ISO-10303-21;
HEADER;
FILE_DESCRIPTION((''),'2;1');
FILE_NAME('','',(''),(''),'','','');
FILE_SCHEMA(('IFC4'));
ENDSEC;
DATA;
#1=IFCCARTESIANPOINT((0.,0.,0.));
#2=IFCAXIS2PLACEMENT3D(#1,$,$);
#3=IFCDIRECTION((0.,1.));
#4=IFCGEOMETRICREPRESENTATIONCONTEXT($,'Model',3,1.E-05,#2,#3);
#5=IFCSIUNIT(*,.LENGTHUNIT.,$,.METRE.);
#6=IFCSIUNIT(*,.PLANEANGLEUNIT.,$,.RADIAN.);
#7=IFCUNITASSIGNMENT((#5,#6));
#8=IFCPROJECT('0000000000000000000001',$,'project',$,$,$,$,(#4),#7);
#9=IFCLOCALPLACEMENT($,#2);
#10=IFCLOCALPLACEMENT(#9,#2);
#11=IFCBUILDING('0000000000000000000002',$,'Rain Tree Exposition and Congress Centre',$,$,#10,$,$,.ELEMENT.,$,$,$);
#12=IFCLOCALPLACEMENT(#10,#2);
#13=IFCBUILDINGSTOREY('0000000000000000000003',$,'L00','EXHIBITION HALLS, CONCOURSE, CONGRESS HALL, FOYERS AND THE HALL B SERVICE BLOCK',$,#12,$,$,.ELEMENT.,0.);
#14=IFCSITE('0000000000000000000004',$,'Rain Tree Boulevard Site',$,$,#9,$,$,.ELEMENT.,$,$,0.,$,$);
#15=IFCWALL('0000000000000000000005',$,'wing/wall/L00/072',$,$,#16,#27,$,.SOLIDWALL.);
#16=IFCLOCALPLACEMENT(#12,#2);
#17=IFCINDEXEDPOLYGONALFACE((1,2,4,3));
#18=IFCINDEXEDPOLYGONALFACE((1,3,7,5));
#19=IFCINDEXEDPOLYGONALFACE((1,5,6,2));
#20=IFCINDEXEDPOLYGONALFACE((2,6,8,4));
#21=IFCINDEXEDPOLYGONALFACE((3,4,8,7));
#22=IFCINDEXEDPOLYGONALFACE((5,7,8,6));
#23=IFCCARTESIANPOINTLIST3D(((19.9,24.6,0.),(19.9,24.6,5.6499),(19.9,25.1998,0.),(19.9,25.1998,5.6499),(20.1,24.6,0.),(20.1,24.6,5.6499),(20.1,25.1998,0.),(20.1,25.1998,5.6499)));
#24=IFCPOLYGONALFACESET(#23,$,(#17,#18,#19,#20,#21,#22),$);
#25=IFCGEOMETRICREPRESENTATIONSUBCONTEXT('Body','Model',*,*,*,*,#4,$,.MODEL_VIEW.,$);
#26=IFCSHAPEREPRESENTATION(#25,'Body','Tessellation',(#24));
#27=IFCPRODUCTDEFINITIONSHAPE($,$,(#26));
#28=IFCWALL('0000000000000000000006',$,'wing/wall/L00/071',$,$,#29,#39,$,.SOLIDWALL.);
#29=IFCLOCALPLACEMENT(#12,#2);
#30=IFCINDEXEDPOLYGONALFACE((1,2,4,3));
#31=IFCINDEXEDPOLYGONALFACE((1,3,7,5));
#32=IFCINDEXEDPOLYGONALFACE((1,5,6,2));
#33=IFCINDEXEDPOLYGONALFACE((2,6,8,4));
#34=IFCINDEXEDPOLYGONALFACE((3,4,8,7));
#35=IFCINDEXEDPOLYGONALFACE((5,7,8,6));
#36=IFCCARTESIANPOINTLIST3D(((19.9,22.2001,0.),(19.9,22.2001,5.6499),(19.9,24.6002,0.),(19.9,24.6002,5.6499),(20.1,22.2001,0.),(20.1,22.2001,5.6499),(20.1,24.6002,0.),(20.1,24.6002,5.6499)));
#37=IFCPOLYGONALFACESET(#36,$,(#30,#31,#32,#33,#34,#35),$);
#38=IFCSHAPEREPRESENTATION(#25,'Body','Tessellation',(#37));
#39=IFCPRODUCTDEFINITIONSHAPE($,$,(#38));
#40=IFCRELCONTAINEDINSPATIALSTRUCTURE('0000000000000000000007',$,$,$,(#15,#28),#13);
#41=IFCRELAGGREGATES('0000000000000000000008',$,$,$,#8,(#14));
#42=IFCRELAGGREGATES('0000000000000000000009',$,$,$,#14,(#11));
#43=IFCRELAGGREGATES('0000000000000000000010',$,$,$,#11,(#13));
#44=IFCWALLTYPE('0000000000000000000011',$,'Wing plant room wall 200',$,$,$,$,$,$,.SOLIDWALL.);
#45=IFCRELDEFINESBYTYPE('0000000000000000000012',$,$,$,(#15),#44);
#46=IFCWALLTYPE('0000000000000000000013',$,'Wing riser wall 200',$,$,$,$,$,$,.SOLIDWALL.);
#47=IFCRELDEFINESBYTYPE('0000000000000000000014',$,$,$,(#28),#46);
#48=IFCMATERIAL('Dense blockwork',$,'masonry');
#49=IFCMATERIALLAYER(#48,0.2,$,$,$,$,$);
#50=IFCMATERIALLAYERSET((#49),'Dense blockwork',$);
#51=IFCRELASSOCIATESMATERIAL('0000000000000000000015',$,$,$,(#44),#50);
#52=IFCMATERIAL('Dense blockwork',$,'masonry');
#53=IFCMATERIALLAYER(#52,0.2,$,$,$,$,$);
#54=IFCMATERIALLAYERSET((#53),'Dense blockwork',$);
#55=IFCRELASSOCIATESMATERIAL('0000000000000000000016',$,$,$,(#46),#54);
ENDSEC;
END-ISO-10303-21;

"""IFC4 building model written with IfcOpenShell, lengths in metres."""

from ifc_helpers import new_model, si_unit, direction, frame, frame_2d, origin, place, context, subcontext, project, spatial, rectangle, extrude, material, layer, layer_set, type_object, element, save


model = new_model("IFC4")

# Units and contexts
model_context = context("Model", 3, precision=1e-05, world=origin(), true_north=direction((0.0, 1.0)))
body_context = subcontext(model_context, "Body", "Model", "MODEL_VIEW")
ifc_project = project(units=[si_unit("LENGTHUNIT", "METRE"), si_unit("PLANEANGLEUNIT", "RADIAN")], contexts=[model_context])

# Site, building, storey
site_placement = place(None, origin())
site = spatial("IfcSite", under=ifc_project, at=site_placement, Name="Rain Tree Boulevard Site", CompositionType="ELEMENT", RefElevation=0.0)
building_placement = place(site_placement, origin())
building = spatial("IfcBuilding", under=site, at=building_placement, Name="Rain Tree Exposition and Congress Centre", CompositionType="ELEMENT")
storey_placement = place(building_placement, origin())
storey = spatial("IfcBuildingStorey", under=building, at=storey_placement, Name="L00", Description="EXHIBITION HALLS, CONCOURSE, CONGRESS HALL, FOYERS AND THE HALL B SERVICE BLOCK", CompositionType="ELEMENT", Elevation=0.0)

# Walls
ifc_material_1 = material(Name="Dense blockwork", Category="masonry")
ifc_layer_1 = layer(ifc_material_1, 0.2)
ifc_layer_set_1 = layer_set([ifc_layer_1], Name="Dense blockwork")
wall_type_1 = type_object("IfcWallType", Name="Wing plant room wall 200", PredefinedType="SOLIDWALL", material=ifc_layer_set_1)
wall_1_placement = place(storey_placement, frame((20.0, 24.6001, 0.0), z_axis=(0.0, 0.0, 1.0), x_axis=(0.0, 1.0, 0.0)))
element("IfcWall", 1, at=wall_1_placement, inside=storey, type_object=wall_type_1, Name="wing/wall/L00/072", PredefinedType="SOLIDWALL", context=body_context, shape_type="SweptSolid", body=[
    extrude(rectangle(XDim=0.5999, YDim=0.2, at=frame_2d((0.2998, 0.0))), origin(), (0.0, 0.0, 1.0), 5.6499),
])
ifc_material_2 = material(Name="Dense blockwork", Category="masonry")
ifc_layer_2 = layer(ifc_material_2, 0.2)
ifc_layer_set_2 = layer_set([ifc_layer_2], Name="Dense blockwork")
wall_type_2 = type_object("IfcWallType", Name="Wing riser wall 200", PredefinedType="SOLIDWALL", material=ifc_layer_set_2)
wall_2_placement = place(storey_placement, frame((20.0, 22.2, 0.0), z_axis=(0.0, 0.0, 1.0), x_axis=(0.0, 1.0, 0.0)))
element("IfcWall", 2, at=wall_2_placement, inside=storey, type_object=wall_type_2, Name="wing/wall/L00/071", PredefinedType="SOLIDWALL", context=body_context, shape_type="SweptSolid", body=[
    extrude(rectangle(XDim=2.4001, YDim=0.2, at=frame_2d((1.2002, 0.0))), origin(), (0.0, 0.0, 1.0), 5.6499),
])

save(model, "model.ifc")
